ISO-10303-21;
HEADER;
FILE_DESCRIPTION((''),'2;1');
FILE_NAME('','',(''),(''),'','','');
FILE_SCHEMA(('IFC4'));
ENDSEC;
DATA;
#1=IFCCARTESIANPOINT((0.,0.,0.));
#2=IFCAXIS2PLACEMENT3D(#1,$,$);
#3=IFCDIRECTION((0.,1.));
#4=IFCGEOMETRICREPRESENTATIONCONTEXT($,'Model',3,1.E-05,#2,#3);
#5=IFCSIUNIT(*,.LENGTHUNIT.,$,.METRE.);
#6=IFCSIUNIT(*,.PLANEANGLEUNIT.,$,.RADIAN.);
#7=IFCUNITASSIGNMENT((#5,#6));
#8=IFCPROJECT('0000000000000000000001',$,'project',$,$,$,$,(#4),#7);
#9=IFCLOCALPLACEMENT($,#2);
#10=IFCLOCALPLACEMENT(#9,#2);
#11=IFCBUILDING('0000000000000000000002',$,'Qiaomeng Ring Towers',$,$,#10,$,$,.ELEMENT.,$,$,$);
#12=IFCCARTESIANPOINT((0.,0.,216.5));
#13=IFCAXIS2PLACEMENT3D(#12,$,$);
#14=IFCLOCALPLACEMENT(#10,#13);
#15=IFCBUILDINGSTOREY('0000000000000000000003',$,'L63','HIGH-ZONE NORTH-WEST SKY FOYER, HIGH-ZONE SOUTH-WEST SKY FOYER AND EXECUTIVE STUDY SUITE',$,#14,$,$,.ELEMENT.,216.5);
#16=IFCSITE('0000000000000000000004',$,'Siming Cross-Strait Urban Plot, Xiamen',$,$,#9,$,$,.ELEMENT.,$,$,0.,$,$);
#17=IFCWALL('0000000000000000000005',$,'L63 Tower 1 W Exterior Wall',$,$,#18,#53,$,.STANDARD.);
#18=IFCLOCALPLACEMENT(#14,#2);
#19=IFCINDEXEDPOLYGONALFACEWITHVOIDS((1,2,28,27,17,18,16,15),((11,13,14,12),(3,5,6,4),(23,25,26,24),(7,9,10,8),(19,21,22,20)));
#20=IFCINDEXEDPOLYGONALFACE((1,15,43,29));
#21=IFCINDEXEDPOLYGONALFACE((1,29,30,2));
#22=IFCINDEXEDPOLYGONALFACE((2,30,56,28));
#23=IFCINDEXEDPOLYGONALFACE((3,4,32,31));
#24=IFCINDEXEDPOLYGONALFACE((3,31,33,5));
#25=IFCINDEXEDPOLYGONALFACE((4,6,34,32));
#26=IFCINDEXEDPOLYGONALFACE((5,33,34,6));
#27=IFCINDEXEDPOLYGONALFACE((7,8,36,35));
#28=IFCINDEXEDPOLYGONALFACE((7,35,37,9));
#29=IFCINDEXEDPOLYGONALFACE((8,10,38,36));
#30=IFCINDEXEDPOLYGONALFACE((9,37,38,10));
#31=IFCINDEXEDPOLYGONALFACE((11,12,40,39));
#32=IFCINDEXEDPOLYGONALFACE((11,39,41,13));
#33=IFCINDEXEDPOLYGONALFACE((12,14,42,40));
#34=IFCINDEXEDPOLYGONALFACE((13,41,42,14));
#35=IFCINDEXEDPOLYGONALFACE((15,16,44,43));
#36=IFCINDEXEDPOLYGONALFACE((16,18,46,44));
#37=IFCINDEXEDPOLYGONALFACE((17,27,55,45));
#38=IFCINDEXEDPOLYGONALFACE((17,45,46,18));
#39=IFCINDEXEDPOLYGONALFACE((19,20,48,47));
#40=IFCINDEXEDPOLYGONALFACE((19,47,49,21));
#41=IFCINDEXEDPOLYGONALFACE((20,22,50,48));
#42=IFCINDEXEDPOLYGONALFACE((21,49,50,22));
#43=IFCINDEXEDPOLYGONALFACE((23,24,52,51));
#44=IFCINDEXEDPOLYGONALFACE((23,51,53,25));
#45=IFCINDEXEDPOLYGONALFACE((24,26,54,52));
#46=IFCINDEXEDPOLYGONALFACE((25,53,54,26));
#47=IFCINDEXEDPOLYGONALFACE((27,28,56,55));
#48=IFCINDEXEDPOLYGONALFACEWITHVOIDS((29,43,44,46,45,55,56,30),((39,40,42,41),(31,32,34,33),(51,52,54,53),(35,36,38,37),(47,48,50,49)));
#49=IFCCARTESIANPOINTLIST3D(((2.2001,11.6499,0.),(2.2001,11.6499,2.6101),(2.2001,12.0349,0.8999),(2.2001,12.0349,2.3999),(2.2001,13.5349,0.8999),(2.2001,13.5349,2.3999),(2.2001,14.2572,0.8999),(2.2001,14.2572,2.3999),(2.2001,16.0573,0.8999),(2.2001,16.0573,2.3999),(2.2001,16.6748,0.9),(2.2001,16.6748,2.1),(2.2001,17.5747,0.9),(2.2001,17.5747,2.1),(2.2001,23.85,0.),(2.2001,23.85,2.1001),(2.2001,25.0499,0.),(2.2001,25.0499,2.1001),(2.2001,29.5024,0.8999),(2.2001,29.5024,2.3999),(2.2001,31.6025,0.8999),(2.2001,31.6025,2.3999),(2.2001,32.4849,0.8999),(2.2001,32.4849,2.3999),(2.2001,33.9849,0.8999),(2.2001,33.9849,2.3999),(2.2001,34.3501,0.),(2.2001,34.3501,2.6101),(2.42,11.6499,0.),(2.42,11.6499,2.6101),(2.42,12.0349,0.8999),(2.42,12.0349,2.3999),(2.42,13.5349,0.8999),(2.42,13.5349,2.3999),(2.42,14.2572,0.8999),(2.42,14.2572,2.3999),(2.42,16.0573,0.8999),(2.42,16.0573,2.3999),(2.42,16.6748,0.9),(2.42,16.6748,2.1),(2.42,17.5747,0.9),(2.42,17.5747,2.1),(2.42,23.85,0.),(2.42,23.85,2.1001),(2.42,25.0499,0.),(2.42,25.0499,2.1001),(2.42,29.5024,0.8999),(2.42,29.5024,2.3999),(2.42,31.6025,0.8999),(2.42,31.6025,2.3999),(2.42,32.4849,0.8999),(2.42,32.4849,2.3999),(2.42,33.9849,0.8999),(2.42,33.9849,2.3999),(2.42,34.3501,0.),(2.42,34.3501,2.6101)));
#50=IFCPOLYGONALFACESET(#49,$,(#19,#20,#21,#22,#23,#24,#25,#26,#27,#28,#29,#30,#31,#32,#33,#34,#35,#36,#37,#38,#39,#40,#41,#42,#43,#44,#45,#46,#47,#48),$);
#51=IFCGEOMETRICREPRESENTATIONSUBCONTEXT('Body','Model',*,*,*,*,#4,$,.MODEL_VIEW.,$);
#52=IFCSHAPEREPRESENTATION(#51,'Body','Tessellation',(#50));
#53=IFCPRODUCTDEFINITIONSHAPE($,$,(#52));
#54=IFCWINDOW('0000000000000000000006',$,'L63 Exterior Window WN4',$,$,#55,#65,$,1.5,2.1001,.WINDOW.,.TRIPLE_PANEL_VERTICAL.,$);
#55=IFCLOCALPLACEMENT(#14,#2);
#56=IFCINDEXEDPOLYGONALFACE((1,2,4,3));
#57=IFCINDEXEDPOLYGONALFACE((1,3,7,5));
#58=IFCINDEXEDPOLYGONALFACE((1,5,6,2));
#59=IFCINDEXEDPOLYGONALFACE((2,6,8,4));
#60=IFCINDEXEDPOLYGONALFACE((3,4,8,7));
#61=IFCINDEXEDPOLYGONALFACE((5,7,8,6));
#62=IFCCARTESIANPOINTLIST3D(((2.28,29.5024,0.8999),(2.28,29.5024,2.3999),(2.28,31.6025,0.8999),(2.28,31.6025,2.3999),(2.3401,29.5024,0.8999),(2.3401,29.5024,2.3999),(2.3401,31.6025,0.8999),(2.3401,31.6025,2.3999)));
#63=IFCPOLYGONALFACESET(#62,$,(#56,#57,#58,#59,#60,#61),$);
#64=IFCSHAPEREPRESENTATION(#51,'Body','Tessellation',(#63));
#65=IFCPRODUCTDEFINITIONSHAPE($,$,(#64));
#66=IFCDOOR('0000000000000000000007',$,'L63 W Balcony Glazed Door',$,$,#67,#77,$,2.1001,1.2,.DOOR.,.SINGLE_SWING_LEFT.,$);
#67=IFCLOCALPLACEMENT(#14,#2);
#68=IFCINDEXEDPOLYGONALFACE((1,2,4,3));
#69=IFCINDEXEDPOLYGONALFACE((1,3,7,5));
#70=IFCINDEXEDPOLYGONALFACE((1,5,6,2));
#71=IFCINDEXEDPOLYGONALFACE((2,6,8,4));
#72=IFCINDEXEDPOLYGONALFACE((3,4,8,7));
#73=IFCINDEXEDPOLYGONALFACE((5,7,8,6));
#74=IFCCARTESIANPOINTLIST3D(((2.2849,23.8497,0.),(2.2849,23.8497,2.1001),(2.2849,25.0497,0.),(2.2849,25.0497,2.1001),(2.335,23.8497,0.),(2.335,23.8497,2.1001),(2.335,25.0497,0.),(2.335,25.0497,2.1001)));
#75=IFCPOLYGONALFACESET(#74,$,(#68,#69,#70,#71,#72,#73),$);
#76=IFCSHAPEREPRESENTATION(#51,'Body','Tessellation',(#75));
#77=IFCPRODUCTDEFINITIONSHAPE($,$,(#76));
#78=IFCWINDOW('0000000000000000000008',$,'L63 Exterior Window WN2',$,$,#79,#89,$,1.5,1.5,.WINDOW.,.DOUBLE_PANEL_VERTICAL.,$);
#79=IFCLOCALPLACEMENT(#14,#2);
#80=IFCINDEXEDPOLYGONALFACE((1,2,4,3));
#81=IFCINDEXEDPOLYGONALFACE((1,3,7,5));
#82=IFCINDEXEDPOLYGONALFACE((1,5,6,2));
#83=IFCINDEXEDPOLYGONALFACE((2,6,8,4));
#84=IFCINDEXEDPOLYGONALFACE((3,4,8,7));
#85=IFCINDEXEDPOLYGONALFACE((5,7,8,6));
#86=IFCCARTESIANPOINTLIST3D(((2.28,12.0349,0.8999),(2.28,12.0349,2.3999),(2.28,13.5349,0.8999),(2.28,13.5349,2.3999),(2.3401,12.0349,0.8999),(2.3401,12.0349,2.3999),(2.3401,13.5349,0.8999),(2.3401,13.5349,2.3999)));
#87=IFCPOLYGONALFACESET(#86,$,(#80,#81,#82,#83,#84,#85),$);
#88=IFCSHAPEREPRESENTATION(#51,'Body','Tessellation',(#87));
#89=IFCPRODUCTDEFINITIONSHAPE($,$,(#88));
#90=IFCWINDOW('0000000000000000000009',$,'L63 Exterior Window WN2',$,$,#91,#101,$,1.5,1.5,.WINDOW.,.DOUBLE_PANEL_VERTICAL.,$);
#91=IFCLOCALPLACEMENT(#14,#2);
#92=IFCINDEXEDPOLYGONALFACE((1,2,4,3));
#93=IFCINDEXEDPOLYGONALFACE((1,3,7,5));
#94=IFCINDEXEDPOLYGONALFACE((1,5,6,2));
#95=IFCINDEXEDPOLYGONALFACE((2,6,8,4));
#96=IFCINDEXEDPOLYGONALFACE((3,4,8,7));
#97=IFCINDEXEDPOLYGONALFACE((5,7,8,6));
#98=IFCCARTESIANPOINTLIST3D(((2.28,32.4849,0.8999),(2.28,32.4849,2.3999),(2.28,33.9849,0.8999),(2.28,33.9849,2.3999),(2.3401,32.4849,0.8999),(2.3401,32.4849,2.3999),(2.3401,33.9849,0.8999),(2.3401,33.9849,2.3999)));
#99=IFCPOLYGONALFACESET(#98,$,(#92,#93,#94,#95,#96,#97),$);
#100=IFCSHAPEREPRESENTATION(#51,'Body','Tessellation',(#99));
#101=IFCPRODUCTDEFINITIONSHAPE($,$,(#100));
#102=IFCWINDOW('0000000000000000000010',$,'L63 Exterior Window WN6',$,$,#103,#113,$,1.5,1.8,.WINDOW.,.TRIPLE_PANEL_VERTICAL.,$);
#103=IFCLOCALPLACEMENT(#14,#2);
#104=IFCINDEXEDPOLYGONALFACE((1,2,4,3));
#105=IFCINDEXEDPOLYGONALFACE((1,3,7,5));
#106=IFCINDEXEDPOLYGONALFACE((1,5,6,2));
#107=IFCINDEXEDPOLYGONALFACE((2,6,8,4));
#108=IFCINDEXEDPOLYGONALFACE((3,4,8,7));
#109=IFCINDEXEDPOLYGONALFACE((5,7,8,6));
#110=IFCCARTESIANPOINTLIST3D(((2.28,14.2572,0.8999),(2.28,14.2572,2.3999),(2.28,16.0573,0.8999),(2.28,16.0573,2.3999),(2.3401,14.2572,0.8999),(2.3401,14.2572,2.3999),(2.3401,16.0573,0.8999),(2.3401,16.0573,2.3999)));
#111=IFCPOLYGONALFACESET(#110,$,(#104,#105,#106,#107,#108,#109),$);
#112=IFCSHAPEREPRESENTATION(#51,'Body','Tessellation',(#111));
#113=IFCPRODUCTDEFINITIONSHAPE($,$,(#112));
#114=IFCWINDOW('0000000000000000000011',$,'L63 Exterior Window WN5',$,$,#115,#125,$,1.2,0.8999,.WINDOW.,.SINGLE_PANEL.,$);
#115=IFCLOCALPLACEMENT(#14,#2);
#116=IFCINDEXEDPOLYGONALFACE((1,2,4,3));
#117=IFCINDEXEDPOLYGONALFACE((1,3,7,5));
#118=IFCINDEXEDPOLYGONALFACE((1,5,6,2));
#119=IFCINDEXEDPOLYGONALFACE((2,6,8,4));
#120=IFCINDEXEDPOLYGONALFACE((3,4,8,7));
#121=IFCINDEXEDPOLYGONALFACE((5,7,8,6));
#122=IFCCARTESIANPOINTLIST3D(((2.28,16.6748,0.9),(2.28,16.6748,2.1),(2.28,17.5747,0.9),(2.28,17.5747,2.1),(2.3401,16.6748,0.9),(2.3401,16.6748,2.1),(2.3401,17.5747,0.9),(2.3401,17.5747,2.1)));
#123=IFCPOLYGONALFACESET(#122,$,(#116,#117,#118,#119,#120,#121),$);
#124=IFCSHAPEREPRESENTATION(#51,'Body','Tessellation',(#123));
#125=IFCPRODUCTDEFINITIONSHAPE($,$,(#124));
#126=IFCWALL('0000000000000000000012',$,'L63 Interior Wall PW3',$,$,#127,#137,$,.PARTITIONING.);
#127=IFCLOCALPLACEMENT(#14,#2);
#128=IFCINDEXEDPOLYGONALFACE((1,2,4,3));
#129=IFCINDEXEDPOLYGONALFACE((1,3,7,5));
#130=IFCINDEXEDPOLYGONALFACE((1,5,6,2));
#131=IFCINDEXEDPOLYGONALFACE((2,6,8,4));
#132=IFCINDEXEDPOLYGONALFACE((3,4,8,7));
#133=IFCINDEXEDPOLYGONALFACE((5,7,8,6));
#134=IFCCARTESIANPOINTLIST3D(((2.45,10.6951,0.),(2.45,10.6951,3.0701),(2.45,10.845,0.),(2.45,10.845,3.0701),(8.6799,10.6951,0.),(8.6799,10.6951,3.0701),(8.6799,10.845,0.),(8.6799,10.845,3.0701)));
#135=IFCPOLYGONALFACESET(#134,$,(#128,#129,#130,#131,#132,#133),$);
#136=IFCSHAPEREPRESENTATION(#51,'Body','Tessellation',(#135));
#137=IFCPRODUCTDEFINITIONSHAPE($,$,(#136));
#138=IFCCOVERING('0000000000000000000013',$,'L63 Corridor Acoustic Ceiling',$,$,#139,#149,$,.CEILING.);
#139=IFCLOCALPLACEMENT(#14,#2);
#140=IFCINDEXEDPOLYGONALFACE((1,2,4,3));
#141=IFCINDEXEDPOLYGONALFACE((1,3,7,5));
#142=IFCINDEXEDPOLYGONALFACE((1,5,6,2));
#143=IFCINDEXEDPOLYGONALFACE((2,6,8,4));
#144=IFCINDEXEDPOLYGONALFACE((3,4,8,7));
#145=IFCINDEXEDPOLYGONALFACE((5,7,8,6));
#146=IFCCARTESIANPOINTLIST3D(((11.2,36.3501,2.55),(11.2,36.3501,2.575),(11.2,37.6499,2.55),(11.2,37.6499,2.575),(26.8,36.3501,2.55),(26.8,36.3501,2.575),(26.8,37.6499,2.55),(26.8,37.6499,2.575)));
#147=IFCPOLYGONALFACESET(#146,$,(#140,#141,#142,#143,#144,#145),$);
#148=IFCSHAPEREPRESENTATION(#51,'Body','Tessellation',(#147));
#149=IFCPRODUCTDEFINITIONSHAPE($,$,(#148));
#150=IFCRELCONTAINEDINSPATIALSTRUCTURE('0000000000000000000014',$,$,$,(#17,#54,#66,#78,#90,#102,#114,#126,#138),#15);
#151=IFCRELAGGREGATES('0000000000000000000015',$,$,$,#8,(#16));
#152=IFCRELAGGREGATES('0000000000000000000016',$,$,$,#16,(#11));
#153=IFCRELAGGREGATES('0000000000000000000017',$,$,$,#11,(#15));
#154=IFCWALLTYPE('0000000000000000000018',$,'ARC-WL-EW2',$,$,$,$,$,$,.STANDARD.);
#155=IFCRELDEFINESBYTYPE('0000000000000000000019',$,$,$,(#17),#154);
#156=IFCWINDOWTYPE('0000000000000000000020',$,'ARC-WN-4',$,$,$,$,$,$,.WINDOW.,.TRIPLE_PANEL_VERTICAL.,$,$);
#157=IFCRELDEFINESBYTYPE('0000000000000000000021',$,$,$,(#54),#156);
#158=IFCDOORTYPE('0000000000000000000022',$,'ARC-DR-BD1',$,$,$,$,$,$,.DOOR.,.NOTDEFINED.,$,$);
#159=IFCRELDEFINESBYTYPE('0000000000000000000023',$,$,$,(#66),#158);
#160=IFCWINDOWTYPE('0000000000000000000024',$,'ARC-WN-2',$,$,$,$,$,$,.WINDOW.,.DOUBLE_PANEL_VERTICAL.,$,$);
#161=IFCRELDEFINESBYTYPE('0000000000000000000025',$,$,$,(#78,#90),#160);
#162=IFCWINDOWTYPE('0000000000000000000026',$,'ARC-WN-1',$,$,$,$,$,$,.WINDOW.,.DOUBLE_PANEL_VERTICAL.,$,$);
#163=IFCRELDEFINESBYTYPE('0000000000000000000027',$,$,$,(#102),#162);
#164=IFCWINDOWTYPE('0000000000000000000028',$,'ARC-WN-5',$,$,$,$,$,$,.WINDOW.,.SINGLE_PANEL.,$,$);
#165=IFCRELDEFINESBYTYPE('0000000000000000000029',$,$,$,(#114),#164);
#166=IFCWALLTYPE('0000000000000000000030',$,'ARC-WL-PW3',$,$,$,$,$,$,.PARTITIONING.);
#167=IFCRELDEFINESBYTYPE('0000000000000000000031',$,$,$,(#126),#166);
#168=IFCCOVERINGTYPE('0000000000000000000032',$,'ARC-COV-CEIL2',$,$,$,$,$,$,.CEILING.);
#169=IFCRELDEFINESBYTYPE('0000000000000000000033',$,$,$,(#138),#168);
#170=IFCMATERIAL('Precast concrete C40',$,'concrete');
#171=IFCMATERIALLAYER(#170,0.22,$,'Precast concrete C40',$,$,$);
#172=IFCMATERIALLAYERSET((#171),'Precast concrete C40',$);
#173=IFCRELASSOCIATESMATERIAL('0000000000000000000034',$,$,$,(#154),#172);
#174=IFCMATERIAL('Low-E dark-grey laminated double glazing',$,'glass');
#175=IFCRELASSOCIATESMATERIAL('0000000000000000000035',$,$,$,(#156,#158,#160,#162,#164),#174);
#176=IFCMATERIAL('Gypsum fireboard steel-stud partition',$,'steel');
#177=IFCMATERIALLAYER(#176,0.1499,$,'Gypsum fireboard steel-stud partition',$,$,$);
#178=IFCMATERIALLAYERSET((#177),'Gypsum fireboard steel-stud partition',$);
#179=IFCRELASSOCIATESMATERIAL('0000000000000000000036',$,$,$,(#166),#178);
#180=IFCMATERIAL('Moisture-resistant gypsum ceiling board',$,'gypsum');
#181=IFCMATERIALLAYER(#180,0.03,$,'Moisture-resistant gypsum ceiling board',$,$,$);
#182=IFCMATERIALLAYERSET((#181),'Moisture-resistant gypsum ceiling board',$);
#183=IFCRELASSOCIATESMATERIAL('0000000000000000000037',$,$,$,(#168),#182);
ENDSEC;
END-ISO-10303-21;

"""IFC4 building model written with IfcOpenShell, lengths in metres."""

from ifc_helpers import new_model, si_unit, direction, frame, frame_2d, origin, place, context, subcontext, project, spatial, polyline, rectangle, outline, extrude, source, transform, mapped, material, layer, layer_set, type_object, element, fill, save


model = new_model("IFC4")

# Units and contexts
model_context = context("Model", 3, precision=1e-05, world=origin(), true_north=direction((0.0, 1.0)))
body_context = subcontext(model_context, "Body", "Model", "MODEL_VIEW")
ifc_project = project(units=[si_unit("LENGTHUNIT", "METRE"), si_unit("PLANEANGLEUNIT", "RADIAN")], contexts=[model_context])

# Site, building, storey
site_placement = place(None, origin())
site = spatial("IfcSite", under=ifc_project, at=site_placement, Name="Siming Cross-Strait Urban Plot, Xiamen", CompositionType="ELEMENT", RefElevation=0.0)
building_placement = place(site_placement, origin())
building = spatial("IfcBuilding", under=site, at=building_placement, Name="Qiaomeng Ring Towers", CompositionType="ELEMENT")
storey_placement = place(building_placement, frame((0.0, 0.0, 216.5)))
storey = spatial("IfcBuildingStorey", under=building, at=storey_placement, Name="L63", Description="HIGH-ZONE NORTH-WEST SKY FOYER, HIGH-ZONE SOUTH-WEST SKY FOYER AND EXECUTIVE STUDY SUITE", CompositionType="ELEMENT", Elevation=216.5)

# Shared definitions
ifc_material_1 = material(Name="Precast concrete C40", Category="concrete")

# Wall, openings, windows, door
ifc_layer_1 = layer(ifc_material_1, 0.22, Name="Precast concrete C40")
ifc_layer_set_1 = layer_set([ifc_layer_1], Name="Precast concrete C40")
wall_type_1 = type_object("IfcWallType", Name="ARC-WL-EW2", PredefinedType="STANDARD", material=ifc_layer_set_1)
wall_1_placement = place(storey_placement, frame((2.3101, 11.6499, 0.0), z_axis=(0.0, 0.0, 1.0), x_axis=(0.0, 1.0, 0.0)))
wall_1 = element("IfcWall", 1, at=wall_1_placement, inside=storey, type_object=wall_type_1, Name="L63 Tower 1 W Exterior Wall", PredefinedType="STANDARD", context=body_context, shape_type="SweptSolid", body=[
    extrude(rectangle(XDim=22.7002, YDim=0.22, at=frame_2d((11.3501, 0.0))), origin(), (0.0, 0.0, 1.0), 2.6101),
])
opening_1_placement = place(wall_1_placement, frame((12.2, 0.0, 0.0)))
opening_1 = element("IfcOpeningElement", 2, at=opening_1_placement, cuts=wall_1, PredefinedType="OPENING", context=body_context, shape_type="SweptSolid", body=[
    extrude(rectangle(XDim=1.2, YDim=2.1001, at=frame_2d((0.6001, 1.05))), frame((0.0, 0.1199, 0.0), z_axis=(0.0, -1.0, 0.0), x_axis=(1.0, 0.0, 0.0)), (0.0, 0.0, 1.0), 0.24),
])
opening_2_placement = place(wall_1_placement, frame((2.6074, 0.0, 0.8999)))
opening_2 = element("IfcOpeningElement", 3, at=opening_2_placement, cuts=wall_1, PredefinedType="OPENING", context=body_context, shape_type="SweptSolid", body=[
    extrude(rectangle(XDim=1.8, YDim=1.5, at=frame_2d((0.8999, 0.75))), frame((0.0, 0.1199, 0.0), z_axis=(0.0, -1.0, 0.0), x_axis=(1.0, 0.0, 0.0)), (0.0, 0.0, 1.0), 0.24),
])
opening_3_placement = place(wall_1_placement, frame((17.8525, 0.0, 0.8999)))
opening_3 = element("IfcOpeningElement", 4, at=opening_3_placement, cuts=wall_1, PredefinedType="OPENING", context=body_context, shape_type="SweptSolid", body=[
    extrude(rectangle(XDim=2.1001, YDim=1.5, at=frame_2d((1.05, 0.75))), frame((0.0, 0.1199, 0.0), z_axis=(0.0, -1.0, 0.0), x_axis=(1.0, 0.0, 0.0)), (0.0, 0.0, 1.0), 0.24),
])
opening_4_placement = place(wall_1_placement, frame((0.385, 0.0, 0.8999)))
opening_4 = element("IfcOpeningElement", 5, at=opening_4_placement, cuts=wall_1, PredefinedType="OPENING", context=body_context, shape_type="SweptSolid", body=[
    extrude(rectangle(XDim=1.5, YDim=1.5, at=frame_2d((0.75, 0.75))), frame((0.0, 0.1199, 0.0), z_axis=(0.0, -1.0, 0.0), x_axis=(1.0, 0.0, 0.0)), (0.0, 0.0, 1.0), 0.24),
])
opening_5_placement = place(wall_1_placement, frame((20.835, 0.0, 0.8999)))
opening_5 = element("IfcOpeningElement", 6, at=opening_5_placement, cuts=wall_1, PredefinedType="OPENING", context=body_context, shape_type="SweptSolid", body=[
    extrude(rectangle(XDim=1.5, YDim=1.5, at=frame_2d((0.75, 0.75))), frame((0.0, 0.1199, 0.0), z_axis=(0.0, -1.0, 0.0), x_axis=(1.0, 0.0, 0.0)), (0.0, 0.0, 1.0), 0.24),
])
opening_6_placement = place(wall_1_placement, frame((5.0249, 0.0, 0.8999)))
opening_6 = element("IfcOpeningElement", 7, at=opening_6_placement, cuts=wall_1, PredefinedType="OPENING", context=body_context, shape_type="SweptSolid", body=[
    extrude(rectangle(XDim=0.8999, YDim=1.2, at=frame_2d((0.45, 0.6001))), frame((0.0, 0.1199, 0.0), z_axis=(0.0, -1.0, 0.0), x_axis=(1.0, 0.0, 0.0)), (0.0, 0.0, 1.0), 0.24),
])
ifc_material_2 = material(Name="Low-E dark-grey laminated double glazing", Category="glass")
window_type_1 = type_object("IfcWindowType", Name="ARC-WN-4", PartitioningType="TRIPLE_PANEL_VERTICAL", PredefinedType="WINDOW", material=ifc_material_2)
shared_shape_1 = source(origin(), body_context, "Body", "SweptSolid", [
    extrude(rectangle(XDim=2.1001, YDim=1.5, at=frame_2d((1.05, 0.75))), frame((0.0, 0.03, 0.0), z_axis=(0.0, -1.0, 0.0), x_axis=(1.0, 0.0, 0.0)), (0.0, 0.0, 1.0), 0.0601),
])
window_1_placement = place(opening_3_placement, origin())
window_1 = element("IfcWindow", 8, at=window_1_placement, inside=storey, type_object=window_type_1, Name="L63 Exterior Window WN4", OverallHeight=1.5, OverallWidth=2.1001, PartitioningType="TRIPLE_PANEL_VERTICAL", PredefinedType="WINDOW", context=body_context, shape_type="MappedRepresentation", body=[
    mapped(shared_shape_1, transform((0.0, 0.0, 0.0), x_axis=(1.0, 0.0, 0.0), y_axis=(0.0, 1.0, 0.0), z_axis=(0.0, 0.0, 1.0), scale=1.0)),
])
fill(opening_3, window_1)
door_type = type_object("IfcDoorType", Name="ARC-DR-BD1", OperationType="NOTDEFINED", PredefinedType="DOOR", material=ifc_material_2)
shared_shape_2 = source(origin(), body_context, "Body", "SweptSolid", [
    extrude(rectangle(XDim=1.2, YDim=2.1001, at=frame_2d((0.6001, 1.05))), frame((0.0, 0.0249, 0.0), z_axis=(0.0, -1.0, 0.0), x_axis=(1.0, 0.0, 0.0)), (0.0, 0.0, 1.0), 0.05),
])
door_placement = place(opening_1_placement, frame((1.2, 0.0, 0.0), z_axis=(0.0, 0.0, 1.0), x_axis=(-1.0, 0.0, 0.0)))
door = element("IfcDoor", 9, at=door_placement, inside=storey, type_object=door_type, Name="L63 W Balcony Glazed Door", OperationType="SINGLE_SWING_LEFT", OverallHeight=2.1001, OverallWidth=1.2, PredefinedType="DOOR", context=body_context, shape_type="MappedRepresentation", body=[
    mapped(shared_shape_2, transform((0.0, 0.0, 0.0), x_axis=(1.0, 0.0, 0.0), y_axis=(0.0, 1.0, 0.0), z_axis=(0.0, 0.0, 1.0), scale=1.0)),
])
fill(opening_1, door)
window_type_2 = type_object("IfcWindowType", Name="ARC-WN-2", PartitioningType="DOUBLE_PANEL_VERTICAL", PredefinedType="WINDOW", material=ifc_material_2)
shared_shape_3 = source(origin(), body_context, "Body", "SweptSolid", [
    extrude(rectangle(XDim=1.5, YDim=1.5, at=frame_2d((0.75, 0.75))), frame((0.0, 0.03, 0.0), z_axis=(0.0, -1.0, 0.0), x_axis=(1.0, 0.0, 0.0)), (0.0, 0.0, 1.0), 0.0601),
])
window_2_placement = place(opening_4_placement, origin())
window_2 = element("IfcWindow", 10, at=window_2_placement, inside=storey, type_object=window_type_2, Name="L63 Exterior Window WN2", OverallHeight=1.5, OverallWidth=1.5, PartitioningType="DOUBLE_PANEL_VERTICAL", PredefinedType="WINDOW", context=body_context, shape_type="MappedRepresentation", body=[
    mapped(shared_shape_3, transform((0.0, 0.0, 0.0), x_axis=(1.0, 0.0, 0.0), y_axis=(0.0, 1.0, 0.0), z_axis=(0.0, 0.0, 1.0), scale=1.0)),
])
fill(opening_4, window_2)
window_3_placement = place(opening_5_placement, origin())
window_3 = element("IfcWindow", 11, at=window_3_placement, inside=storey, type_object=window_type_2, Name="L63 Exterior Window WN2", OverallHeight=1.5, OverallWidth=1.5, PartitioningType="DOUBLE_PANEL_VERTICAL", PredefinedType="WINDOW", context=body_context, shape_type="MappedRepresentation", body=[
    mapped(shared_shape_3, transform((0.0, 0.0, 0.0), x_axis=(1.0, 0.0, 0.0), y_axis=(0.0, 1.0, 0.0), z_axis=(0.0, 0.0, 1.0), scale=1.0)),
])
fill(opening_5, window_3)
window_type_3 = type_object("IfcWindowType", Name="ARC-WN-1", PartitioningType="DOUBLE_PANEL_VERTICAL", PredefinedType="WINDOW", material=ifc_material_2)
shared_shape_4 = source(origin(), body_context, "Body", "SweptSolid", [
    extrude(rectangle(XDim=1.8, YDim=1.5, at=frame_2d((0.8999, 0.75))), frame((0.0, 0.03, 0.0), z_axis=(0.0, -1.0, 0.0), x_axis=(1.0, 0.0, 0.0)), (0.0, 0.0, 1.0), 0.0601),
])
window_4_placement = place(opening_2_placement, origin())
window_4 = element("IfcWindow", 12, at=window_4_placement, inside=storey, type_object=window_type_3, Name="L63 Exterior Window WN6", OverallHeight=1.5, OverallWidth=1.8, PartitioningType="TRIPLE_PANEL_VERTICAL", PredefinedType="WINDOW", context=body_context, shape_type="MappedRepresentation", body=[
    mapped(shared_shape_4, transform((0.0, 0.0, 0.0), x_axis=(1.0, 0.0, 0.0), y_axis=(0.0, 1.0, 0.0), z_axis=(0.0, 0.0, 1.0), scale=1.0)),
])
fill(opening_2, window_4)
window_type_4 = type_object("IfcWindowType", Name="ARC-WN-5", PartitioningType="SINGLE_PANEL", PredefinedType="WINDOW", material=ifc_material_2)
shared_shape_5 = source(origin(), body_context, "Body", "SweptSolid", [
    extrude(rectangle(XDim=0.8999, YDim=1.2, at=frame_2d((0.45, 0.6001))), frame((0.0, 0.03, 0.0), z_axis=(0.0, -1.0, 0.0), x_axis=(1.0, 0.0, 0.0)), (0.0, 0.0, 1.0), 0.0601),
])
window_5_placement = place(opening_6_placement, origin())
window_5 = element("IfcWindow", 13, at=window_5_placement, inside=storey, type_object=window_type_4, Name="L63 Exterior Window WN5", OverallHeight=1.2, OverallWidth=0.8999, PartitioningType="SINGLE_PANEL", PredefinedType="WINDOW", context=body_context, shape_type="MappedRepresentation", body=[
    mapped(shared_shape_5, transform((0.0, 0.0, 0.0), x_axis=(1.0, 0.0, 0.0), y_axis=(0.0, 1.0, 0.0), z_axis=(0.0, 0.0, 1.0), scale=1.0)),
])
fill(opening_6, window_5)

# Wall
ifc_material_3 = material(Name="Gypsum fireboard steel-stud partition", Category="steel")
ifc_layer_2 = layer(ifc_material_3, 0.1499, Name="Gypsum fireboard steel-stud partition")
ifc_layer_set_2 = layer_set([ifc_layer_2], Name="Gypsum fireboard steel-stud partition")
wall_type_2 = type_object("IfcWallType", Name="ARC-WL-PW3", PredefinedType="PARTITIONING", material=ifc_layer_set_2)
wall_2_placement = place(storey_placement, frame((2.45, 10.77, 0.0), z_axis=(0.0, 0.0, 1.0), x_axis=(1.0, 0.0, 0.0)))
element("IfcWall", 14, at=wall_2_placement, inside=storey, type_object=wall_type_2, Name="L63 Interior Wall PW3", PredefinedType="PARTITIONING", context=body_context, shape_type="SweptSolid", body=[
    extrude(rectangle(XDim=6.23, YDim=0.1499, at=frame_2d((3.115, 0.0))), origin(), (0.0, 0.0, 1.0), 3.0701),
])

# Covering
ifc_material_4 = material(Name="Moisture-resistant gypsum ceiling board", Category="gypsum")
ifc_layer_3 = layer(ifc_material_4, 0.03, Name="Moisture-resistant gypsum ceiling board")
ifc_layer_set_3 = layer_set([ifc_layer_3], Name="Moisture-resistant gypsum ceiling board")
covering_type_1 = type_object("IfcCoveringType", Name="ARC-COV-CEIL2", PredefinedType="CEILING", material=ifc_layer_set_3)
covering_1_placement = place(storey_placement, frame((0.0, 0.0, 2.55)))
element("IfcCovering", 15, at=covering_1_placement, inside=storey, type_object=covering_type_1, Name="L63 Corridor Acoustic Ceiling", PredefinedType="CEILING", context=body_context, shape_type="SweptSolid", body=[
    extrude(outline(polyline([(11.2, 36.3501), (11.2, 37.6499), (26.8, 37.6499), (26.8, 36.3501), (11.2, 36.3501)])), origin(), (0.0, 0.0, 1.0), 0.0249),
])

save(model, "model.ifc")
